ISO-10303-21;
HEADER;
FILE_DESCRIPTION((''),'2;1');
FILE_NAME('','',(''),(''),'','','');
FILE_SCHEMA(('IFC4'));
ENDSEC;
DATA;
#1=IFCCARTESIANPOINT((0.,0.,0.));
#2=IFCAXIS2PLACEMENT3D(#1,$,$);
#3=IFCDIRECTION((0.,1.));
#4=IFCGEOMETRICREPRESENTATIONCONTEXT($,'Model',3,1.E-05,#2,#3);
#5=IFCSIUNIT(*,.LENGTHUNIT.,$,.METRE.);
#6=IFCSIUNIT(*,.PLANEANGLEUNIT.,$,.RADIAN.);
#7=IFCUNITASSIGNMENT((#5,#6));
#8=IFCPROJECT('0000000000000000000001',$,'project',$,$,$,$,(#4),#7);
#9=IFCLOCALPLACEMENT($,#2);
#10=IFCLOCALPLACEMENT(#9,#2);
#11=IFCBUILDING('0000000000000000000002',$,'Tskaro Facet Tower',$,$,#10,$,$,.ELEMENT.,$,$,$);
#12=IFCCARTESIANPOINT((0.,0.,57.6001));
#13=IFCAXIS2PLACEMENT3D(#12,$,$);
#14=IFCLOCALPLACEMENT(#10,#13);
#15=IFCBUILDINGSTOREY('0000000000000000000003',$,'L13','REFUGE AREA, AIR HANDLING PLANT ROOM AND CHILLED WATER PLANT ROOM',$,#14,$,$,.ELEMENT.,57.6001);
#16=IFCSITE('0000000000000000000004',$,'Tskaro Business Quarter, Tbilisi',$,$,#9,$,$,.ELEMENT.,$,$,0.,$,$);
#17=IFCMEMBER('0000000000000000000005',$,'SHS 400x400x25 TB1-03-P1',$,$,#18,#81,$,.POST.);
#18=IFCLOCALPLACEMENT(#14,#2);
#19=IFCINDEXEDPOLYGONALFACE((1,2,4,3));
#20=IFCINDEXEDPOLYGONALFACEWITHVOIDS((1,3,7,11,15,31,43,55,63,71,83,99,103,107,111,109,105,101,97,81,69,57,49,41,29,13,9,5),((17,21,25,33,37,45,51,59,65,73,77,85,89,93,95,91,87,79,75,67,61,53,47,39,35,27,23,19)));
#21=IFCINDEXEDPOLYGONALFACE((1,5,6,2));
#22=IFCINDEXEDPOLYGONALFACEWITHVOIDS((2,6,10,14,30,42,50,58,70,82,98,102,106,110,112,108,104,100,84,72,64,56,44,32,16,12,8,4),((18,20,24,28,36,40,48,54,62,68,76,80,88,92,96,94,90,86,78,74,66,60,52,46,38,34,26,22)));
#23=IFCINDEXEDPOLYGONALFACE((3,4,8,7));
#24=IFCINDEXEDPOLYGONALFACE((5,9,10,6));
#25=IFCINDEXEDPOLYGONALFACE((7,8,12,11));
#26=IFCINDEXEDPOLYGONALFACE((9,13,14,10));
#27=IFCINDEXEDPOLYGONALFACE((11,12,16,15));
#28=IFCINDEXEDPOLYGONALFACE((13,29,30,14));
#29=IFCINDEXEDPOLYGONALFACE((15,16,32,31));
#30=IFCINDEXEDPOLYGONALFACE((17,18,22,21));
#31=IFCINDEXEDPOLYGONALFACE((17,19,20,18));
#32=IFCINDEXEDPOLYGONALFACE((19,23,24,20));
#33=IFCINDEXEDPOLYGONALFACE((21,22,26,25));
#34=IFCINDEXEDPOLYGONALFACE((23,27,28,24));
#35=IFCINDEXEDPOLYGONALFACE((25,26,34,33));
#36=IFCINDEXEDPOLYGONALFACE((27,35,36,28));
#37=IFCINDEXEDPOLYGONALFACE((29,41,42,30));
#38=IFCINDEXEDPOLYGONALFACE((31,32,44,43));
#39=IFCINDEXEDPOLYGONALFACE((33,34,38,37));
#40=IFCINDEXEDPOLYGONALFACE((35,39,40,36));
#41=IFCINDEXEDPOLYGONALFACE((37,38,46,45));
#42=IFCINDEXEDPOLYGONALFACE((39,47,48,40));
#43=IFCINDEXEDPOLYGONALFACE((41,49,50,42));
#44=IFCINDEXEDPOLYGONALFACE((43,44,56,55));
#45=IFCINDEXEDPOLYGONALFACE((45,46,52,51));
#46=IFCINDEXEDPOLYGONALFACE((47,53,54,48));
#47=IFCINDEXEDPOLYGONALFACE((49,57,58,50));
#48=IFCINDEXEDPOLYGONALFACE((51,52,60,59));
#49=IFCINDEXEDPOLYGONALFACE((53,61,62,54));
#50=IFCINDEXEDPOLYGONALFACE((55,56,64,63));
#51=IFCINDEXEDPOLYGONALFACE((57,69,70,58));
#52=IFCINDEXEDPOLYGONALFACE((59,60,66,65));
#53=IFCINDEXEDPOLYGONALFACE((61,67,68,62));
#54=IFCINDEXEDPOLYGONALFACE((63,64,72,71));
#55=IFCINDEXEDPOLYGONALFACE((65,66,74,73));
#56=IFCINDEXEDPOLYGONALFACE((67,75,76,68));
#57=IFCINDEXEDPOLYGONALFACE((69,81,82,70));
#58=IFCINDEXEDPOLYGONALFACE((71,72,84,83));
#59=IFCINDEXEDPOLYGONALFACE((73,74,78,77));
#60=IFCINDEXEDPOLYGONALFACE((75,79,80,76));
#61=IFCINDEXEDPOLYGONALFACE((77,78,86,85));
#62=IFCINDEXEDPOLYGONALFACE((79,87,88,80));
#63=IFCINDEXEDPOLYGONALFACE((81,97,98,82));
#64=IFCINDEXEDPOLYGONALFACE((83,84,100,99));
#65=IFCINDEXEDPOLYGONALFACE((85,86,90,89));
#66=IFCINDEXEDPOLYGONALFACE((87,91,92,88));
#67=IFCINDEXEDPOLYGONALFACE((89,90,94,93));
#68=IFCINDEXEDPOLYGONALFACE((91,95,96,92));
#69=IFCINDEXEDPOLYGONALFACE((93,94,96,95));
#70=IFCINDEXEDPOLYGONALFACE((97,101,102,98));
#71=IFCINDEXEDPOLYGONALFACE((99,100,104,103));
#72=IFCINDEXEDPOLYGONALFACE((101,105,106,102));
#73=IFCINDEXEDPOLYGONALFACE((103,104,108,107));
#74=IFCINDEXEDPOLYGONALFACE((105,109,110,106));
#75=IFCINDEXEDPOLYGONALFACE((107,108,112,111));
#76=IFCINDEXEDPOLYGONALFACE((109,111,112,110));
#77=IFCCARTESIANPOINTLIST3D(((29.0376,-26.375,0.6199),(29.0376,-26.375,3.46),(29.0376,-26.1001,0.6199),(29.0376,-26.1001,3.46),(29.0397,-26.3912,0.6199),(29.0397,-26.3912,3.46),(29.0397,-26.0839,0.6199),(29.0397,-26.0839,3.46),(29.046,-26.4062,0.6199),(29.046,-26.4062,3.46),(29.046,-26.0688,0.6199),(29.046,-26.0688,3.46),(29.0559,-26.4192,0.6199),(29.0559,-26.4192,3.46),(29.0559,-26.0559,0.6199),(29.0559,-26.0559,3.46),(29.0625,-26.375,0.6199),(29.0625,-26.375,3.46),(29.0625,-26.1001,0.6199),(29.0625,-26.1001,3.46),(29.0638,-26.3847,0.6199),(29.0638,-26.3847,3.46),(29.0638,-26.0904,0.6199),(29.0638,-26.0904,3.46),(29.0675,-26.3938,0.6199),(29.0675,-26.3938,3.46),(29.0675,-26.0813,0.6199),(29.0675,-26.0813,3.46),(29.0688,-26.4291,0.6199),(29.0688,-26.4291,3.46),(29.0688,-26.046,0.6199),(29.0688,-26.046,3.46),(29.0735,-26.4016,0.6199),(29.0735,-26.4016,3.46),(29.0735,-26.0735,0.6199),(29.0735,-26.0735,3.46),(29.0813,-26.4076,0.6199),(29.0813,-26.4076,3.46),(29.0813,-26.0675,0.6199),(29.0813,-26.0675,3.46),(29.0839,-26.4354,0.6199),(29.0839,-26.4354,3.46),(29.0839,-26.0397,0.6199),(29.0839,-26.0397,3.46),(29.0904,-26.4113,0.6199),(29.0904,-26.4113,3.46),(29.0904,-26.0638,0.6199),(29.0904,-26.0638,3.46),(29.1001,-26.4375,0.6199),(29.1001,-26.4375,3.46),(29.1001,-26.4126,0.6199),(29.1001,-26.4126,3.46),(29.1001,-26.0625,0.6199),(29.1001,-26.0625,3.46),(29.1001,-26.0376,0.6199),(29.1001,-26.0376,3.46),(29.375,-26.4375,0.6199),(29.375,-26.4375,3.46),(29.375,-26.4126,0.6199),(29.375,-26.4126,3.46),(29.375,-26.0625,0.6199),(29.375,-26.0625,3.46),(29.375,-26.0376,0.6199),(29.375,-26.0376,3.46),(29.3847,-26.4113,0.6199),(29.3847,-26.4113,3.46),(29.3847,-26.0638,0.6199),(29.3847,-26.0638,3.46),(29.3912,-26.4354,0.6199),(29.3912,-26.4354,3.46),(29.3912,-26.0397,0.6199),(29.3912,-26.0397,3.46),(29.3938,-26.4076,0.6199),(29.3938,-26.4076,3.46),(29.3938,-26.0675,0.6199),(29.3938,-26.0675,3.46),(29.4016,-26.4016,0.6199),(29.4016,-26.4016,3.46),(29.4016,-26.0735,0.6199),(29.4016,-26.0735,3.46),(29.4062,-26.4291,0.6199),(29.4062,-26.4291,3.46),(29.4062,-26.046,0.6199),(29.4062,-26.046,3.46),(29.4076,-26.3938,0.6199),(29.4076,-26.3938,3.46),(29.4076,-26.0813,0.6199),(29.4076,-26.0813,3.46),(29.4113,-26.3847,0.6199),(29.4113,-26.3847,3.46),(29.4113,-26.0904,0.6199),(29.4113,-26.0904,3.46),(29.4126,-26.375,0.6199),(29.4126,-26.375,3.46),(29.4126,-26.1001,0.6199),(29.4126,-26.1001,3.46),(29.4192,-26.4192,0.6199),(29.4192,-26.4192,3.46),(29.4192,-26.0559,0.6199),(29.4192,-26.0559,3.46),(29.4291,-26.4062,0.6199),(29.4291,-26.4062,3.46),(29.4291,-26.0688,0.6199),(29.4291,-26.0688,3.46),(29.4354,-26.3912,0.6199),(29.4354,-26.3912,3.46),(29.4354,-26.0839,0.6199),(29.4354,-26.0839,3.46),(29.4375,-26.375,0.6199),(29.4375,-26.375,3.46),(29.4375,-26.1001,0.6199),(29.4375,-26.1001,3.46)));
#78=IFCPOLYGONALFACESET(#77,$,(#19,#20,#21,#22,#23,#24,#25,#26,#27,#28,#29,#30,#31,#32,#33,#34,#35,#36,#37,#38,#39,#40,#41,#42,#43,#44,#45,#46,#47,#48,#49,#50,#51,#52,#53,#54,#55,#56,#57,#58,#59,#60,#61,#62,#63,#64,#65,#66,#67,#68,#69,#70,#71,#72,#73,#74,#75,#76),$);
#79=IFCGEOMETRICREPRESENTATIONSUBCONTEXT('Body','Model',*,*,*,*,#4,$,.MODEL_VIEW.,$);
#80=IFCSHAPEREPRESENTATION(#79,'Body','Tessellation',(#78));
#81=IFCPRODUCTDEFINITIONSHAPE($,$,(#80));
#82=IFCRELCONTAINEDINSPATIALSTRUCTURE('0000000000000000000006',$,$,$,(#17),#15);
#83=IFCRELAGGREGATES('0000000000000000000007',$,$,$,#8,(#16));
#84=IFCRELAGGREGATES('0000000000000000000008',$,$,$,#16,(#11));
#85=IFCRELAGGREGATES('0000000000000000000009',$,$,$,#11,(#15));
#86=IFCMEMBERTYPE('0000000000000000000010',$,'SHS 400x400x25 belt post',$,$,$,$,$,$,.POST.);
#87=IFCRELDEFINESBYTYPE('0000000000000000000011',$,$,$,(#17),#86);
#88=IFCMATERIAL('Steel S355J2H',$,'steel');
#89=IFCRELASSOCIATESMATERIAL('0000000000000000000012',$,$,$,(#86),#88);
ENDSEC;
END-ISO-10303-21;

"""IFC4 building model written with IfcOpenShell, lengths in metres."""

from ifc_helpers import new_model, si_unit, direction, frame, origin, origin_2d, place, context, subcontext, project, spatial, hollow_rectangle, extrude, material, material_profile, profile_set, type_object, element, save


model = new_model("IFC4")

# Units and contexts
model_context = context("Model", 3, precision=1e-05, world=origin(), true_north=direction((0.0, 1.0)))
body_context = subcontext(model_context, "Body", "Model", "MODEL_VIEW")
ifc_project = project(units=[si_unit("LENGTHUNIT", "METRE"), si_unit("PLANEANGLEUNIT", "RADIAN")], contexts=[model_context])

# Site, building, storey
site_placement = place(None, origin())
site = spatial("IfcSite", under=ifc_project, at=site_placement, Name="Tskaro Business Quarter, Tbilisi", CompositionType="ELEMENT", RefElevation=0.0)
building_placement = place(site_placement, origin())
building = spatial("IfcBuilding", under=site, at=building_placement, Name="Tskaro Facet Tower", CompositionType="ELEMENT")
storey_placement = place(building_placement, frame((0.0, 0.0, 57.6001)))
storey = spatial("IfcBuildingStorey", under=building, at=storey_placement, Name="L13", Description="REFUGE AREA, AIR HANDLING PLANT ROOM AND CHILLED WATER PLANT ROOM", CompositionType="ELEMENT", Elevation=57.6001)

# Shared definitions
ifc_material_1 = material(Name="Steel S355J2H", Category="steel")

# Member
ifc_material_profile_1 = material_profile(ifc_material_1, hollow_rectangle(XDim=0.3999, YDim=0.3999, WallThickness=0.0249, InnerFilletRadius=0.0376, OuterFilletRadius=0.0625, at=origin_2d()), Name="SHS 400x400x25")
ifc_profile_set_1 = profile_set([ifc_material_profile_1], Name="Steel S355J2H")
member_type_1 = type_object("IfcMemberType", Name="SHS 400x400x25 belt post", PredefinedType="POST", material=ifc_profile_set_1)
member_1_placement = place(storey_placement, frame((29.2375, -26.2375, 0.6199), z_axis=(0.0, 0.0, 1.0), x_axis=(1.0, 0.0, 0.0)))
element("IfcMember", 1, at=member_1_placement, inside=storey, type_object=member_type_1, Name="SHS 400x400x25 TB1-03-P1", PredefinedType="POST", context=body_context, shape_type="SweptSolid", body=[
    extrude(hollow_rectangle(XDim=0.3999, YDim=0.3999, WallThickness=0.0249, InnerFilletRadius=0.0376, OuterFilletRadius=0.0625, at=origin_2d()), origin(), (0.0, 0.0, 1.0), 2.8401),
])

save(model, "model.ifc")
